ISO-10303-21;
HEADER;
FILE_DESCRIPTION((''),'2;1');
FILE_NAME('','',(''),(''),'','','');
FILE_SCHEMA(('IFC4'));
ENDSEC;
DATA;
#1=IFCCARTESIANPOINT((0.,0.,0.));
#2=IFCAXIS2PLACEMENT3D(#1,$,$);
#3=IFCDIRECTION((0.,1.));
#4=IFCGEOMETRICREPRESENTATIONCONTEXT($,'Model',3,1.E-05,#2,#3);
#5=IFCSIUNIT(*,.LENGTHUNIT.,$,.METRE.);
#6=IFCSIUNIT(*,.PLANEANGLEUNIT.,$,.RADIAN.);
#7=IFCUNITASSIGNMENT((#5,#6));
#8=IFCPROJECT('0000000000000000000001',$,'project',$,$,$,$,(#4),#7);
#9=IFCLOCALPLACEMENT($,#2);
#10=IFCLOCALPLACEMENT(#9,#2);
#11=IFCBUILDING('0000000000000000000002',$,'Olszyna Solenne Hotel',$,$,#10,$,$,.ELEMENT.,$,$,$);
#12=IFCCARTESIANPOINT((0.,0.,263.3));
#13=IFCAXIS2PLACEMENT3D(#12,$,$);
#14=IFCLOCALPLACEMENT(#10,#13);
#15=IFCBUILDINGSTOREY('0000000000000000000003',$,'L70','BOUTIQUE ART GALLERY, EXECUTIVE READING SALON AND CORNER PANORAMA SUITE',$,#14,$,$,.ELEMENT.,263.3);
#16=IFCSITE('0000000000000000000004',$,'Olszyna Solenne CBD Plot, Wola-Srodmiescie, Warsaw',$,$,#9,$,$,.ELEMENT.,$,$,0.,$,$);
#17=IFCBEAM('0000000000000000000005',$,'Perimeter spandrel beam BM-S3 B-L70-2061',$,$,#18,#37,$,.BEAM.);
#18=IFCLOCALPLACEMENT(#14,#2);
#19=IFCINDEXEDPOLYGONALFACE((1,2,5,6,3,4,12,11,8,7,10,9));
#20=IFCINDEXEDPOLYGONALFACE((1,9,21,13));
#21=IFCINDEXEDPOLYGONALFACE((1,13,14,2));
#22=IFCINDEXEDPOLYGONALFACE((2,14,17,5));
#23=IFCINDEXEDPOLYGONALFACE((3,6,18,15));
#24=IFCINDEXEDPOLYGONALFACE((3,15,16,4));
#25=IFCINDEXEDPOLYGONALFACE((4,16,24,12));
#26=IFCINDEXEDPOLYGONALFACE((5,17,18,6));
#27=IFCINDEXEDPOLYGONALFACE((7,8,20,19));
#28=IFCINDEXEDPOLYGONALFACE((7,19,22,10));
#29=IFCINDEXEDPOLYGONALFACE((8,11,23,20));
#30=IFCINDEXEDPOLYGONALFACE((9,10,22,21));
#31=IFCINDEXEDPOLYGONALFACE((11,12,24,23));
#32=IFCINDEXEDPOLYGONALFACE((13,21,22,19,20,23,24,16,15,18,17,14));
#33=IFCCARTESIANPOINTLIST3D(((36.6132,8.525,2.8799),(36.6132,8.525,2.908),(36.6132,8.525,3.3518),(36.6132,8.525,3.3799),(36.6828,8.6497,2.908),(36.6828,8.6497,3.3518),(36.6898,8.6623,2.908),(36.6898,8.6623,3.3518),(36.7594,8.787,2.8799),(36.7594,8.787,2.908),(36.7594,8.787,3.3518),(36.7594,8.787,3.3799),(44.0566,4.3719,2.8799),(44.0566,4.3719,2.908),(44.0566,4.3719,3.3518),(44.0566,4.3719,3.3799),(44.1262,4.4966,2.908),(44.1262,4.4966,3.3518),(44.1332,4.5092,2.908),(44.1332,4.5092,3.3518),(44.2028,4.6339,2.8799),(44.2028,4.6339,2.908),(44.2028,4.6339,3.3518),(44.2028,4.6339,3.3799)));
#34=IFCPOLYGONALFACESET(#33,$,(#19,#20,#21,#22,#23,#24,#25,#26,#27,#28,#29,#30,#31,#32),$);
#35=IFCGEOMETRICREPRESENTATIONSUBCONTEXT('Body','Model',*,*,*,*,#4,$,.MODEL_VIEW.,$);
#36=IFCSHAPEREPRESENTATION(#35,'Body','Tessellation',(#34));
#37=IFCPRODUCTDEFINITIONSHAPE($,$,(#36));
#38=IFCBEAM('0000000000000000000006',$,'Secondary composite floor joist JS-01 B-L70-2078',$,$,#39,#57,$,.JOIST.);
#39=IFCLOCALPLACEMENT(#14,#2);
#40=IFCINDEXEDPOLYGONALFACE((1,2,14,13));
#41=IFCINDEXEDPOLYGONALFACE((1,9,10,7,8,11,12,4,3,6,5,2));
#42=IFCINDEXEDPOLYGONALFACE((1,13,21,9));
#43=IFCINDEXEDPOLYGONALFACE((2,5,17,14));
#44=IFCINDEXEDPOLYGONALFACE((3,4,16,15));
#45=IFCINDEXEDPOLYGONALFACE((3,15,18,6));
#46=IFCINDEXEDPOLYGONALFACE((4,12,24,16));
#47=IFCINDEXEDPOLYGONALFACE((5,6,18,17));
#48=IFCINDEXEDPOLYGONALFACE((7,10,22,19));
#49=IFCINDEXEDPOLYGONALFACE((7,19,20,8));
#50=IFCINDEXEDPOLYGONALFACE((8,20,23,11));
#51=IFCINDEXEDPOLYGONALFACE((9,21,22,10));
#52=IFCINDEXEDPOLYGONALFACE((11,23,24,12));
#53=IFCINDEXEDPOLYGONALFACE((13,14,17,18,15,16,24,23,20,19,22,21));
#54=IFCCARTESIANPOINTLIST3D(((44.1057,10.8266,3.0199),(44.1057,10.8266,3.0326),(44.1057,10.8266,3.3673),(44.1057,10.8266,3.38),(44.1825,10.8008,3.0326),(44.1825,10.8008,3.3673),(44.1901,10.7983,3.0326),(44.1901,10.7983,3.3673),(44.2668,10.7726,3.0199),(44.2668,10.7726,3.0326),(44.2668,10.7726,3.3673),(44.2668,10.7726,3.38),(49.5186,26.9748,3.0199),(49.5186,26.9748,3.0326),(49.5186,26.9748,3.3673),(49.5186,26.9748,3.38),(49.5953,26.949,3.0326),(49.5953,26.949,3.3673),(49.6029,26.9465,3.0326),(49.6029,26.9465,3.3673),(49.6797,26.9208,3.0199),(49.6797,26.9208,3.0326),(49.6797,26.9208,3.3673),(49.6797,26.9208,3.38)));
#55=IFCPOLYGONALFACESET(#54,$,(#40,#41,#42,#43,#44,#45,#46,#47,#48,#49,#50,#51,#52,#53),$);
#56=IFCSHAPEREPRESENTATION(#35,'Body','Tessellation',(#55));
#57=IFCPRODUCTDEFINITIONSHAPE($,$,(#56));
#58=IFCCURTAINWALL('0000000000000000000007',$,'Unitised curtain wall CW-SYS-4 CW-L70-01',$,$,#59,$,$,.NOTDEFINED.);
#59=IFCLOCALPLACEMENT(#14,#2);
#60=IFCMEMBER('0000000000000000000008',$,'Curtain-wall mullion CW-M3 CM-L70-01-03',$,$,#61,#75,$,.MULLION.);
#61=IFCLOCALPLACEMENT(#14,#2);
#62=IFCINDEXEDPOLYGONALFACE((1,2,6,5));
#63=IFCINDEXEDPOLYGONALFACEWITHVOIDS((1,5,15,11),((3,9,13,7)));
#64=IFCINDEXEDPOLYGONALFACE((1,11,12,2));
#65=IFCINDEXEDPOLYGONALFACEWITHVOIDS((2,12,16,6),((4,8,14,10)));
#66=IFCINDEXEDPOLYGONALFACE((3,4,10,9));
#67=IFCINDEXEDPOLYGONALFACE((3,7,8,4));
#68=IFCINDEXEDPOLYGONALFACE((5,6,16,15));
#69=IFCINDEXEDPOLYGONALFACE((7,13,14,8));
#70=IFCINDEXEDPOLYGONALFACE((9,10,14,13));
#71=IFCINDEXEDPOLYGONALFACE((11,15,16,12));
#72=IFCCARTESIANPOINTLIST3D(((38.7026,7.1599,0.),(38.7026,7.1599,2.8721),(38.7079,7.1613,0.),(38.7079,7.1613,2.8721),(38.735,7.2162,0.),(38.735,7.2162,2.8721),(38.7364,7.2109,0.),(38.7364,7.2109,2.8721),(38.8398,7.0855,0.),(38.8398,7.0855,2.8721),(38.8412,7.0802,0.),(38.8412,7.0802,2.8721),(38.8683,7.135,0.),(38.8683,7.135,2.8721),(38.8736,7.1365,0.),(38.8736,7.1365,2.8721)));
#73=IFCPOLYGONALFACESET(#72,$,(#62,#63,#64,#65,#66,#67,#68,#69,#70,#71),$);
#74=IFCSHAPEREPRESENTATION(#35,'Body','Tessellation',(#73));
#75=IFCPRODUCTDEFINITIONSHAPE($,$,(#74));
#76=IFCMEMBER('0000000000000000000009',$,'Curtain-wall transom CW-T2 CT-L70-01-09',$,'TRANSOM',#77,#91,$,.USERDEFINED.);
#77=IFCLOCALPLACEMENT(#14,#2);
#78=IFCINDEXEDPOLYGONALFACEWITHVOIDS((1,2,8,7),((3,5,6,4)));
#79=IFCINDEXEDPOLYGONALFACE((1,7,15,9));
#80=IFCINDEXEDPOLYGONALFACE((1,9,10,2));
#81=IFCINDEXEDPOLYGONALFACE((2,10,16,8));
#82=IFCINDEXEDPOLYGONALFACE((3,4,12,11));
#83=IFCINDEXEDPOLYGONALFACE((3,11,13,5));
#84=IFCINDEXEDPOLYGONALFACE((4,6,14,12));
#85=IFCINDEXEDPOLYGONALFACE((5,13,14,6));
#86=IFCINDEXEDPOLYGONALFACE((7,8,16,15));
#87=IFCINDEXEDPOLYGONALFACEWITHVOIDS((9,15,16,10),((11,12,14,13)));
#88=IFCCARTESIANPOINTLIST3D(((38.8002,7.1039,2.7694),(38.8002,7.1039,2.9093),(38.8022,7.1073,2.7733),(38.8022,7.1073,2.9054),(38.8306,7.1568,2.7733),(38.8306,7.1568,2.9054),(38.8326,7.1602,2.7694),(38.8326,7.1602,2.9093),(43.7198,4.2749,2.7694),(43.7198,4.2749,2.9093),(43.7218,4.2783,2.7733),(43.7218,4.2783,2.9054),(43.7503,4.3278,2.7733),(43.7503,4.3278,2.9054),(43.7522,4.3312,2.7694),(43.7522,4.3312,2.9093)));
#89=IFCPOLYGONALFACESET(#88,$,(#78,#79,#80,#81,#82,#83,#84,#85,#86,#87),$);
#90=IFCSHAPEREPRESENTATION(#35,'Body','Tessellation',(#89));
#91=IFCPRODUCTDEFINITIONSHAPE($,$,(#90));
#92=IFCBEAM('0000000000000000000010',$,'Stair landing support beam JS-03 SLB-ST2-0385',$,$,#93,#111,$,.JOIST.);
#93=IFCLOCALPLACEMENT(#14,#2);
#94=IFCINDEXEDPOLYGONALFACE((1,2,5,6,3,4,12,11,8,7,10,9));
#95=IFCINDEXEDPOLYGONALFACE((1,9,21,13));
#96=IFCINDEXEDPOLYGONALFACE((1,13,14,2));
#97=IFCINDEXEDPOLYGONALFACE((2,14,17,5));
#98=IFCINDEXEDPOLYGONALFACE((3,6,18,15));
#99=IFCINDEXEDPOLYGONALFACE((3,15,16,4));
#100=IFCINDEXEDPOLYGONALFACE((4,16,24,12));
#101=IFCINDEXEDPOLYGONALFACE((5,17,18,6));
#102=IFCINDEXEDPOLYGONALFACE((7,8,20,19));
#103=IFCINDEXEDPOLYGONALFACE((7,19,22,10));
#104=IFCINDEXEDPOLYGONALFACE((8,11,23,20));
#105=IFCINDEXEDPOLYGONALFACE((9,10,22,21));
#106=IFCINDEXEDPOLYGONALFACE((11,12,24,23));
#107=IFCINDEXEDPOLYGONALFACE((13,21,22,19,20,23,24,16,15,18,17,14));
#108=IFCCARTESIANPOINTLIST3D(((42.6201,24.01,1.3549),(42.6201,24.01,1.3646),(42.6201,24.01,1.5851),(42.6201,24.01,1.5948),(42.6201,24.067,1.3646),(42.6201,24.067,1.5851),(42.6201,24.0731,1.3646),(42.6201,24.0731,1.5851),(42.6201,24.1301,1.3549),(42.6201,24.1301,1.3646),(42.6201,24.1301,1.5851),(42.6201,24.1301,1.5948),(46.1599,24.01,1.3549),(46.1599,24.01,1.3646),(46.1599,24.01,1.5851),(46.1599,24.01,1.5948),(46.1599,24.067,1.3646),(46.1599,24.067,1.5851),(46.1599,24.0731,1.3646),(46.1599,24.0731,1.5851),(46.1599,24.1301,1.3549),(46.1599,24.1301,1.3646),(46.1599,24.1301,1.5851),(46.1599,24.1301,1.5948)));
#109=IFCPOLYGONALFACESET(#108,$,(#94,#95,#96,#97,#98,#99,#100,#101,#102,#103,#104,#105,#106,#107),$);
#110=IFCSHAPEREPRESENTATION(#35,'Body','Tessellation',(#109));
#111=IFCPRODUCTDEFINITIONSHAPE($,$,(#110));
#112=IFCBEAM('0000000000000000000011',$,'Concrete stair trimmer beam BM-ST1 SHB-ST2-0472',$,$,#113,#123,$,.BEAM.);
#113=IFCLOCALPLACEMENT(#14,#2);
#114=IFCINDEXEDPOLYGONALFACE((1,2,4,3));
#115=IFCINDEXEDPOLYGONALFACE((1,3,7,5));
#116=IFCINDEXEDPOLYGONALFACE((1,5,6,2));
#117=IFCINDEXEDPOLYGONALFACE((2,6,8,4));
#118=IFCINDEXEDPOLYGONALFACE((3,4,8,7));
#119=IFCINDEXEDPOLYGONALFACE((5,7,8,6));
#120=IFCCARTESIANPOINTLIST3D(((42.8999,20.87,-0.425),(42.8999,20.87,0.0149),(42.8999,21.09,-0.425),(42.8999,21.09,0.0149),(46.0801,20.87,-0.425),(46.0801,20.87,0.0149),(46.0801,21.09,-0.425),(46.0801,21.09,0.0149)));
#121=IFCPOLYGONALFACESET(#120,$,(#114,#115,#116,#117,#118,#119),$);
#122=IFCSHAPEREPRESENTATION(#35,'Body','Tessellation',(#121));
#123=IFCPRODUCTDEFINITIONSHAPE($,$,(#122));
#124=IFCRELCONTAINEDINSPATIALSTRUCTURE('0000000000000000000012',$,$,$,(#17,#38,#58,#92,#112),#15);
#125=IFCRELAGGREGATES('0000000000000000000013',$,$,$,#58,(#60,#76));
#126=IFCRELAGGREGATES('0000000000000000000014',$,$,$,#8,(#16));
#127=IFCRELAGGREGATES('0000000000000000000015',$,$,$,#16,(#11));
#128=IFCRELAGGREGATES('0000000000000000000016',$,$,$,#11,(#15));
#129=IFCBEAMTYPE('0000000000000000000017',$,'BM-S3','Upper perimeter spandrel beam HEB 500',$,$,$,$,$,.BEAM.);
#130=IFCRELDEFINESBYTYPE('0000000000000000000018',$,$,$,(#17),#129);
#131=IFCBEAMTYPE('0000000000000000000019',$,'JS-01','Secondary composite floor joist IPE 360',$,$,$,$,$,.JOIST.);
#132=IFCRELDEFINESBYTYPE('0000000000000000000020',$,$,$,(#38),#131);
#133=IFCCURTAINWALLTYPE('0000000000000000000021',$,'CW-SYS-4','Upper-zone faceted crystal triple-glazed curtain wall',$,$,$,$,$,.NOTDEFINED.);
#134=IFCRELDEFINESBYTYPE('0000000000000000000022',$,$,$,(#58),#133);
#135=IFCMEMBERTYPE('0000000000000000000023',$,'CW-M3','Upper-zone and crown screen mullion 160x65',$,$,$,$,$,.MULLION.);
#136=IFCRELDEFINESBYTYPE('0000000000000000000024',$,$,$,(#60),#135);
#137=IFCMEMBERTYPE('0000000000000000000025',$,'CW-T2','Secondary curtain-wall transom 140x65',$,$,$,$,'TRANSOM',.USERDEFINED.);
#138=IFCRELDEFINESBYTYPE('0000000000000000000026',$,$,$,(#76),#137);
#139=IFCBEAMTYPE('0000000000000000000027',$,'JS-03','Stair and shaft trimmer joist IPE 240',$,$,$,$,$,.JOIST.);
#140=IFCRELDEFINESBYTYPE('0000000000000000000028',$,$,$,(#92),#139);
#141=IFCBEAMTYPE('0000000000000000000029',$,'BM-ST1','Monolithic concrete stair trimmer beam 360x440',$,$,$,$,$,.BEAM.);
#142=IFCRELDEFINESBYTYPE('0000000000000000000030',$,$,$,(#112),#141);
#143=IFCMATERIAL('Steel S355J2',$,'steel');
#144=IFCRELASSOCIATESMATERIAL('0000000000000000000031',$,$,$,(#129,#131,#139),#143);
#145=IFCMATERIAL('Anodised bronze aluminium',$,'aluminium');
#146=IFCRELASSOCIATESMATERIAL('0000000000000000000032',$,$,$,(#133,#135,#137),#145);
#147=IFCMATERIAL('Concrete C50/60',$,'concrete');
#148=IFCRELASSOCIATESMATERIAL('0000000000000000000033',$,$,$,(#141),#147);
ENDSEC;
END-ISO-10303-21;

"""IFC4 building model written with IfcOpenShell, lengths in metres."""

from ifc_helpers import new_model, si_unit, direction, frame, origin, origin_2d, place, context, subcontext, project, spatial, rectangle, hollow_rectangle, i_section, extrude, source, transform, mapped, material, material_profile, profile_set, type_object, element, aggregate, save


model = new_model("IFC4")

# Units and contexts
model_context = context("Model", 3, precision=1e-05, world=origin(), true_north=direction((0.0, 1.0)))
body_context = subcontext(model_context, "Body", "Model", "MODEL_VIEW")
ifc_project = project(units=[si_unit("LENGTHUNIT", "METRE"), si_unit("PLANEANGLEUNIT", "RADIAN")], contexts=[model_context])

# Site, building, storey
site_placement = place(None, origin())
site = spatial("IfcSite", under=ifc_project, at=site_placement, Name="Olszyna Solenne CBD Plot, Wola-Srodmiescie, Warsaw", CompositionType="ELEMENT", RefElevation=0.0)
building_placement = place(site_placement, origin())
building = spatial("IfcBuilding", under=site, at=building_placement, Name="Olszyna Solenne Hotel", CompositionType="ELEMENT")
storey_placement = place(building_placement, frame((0.0, 0.0, 263.3)))
storey = spatial("IfcBuildingStorey", under=building, at=storey_placement, Name="L70", Description="BOUTIQUE ART GALLERY, EXECUTIVE READING SALON AND CORNER PANORAMA SUITE", CompositionType="ELEMENT", Elevation=263.3)

# Beams
ifc_material_1 = material(Name="Steel S355J2", Category="steel")
ifc_material_profile_1 = material_profile(ifc_material_1, i_section(OverallWidth=0.3, OverallDepth=0.5, WebThickness=0.0144, FlangeThickness=0.0281, at=origin_2d()), Name="HEB 500", Category="load-bearing")
ifc_profile_set_1 = profile_set([ifc_material_profile_1], Name="Steel S355J2")
beam_type_1 = type_object("IfcBeamType", Name="BM-S3", Description="Upper perimeter spandrel beam HEB 500", PredefinedType="BEAM", material=ifc_profile_set_1)
shared_shape_1 = source(origin(), body_context, "Body", "SweptSolid", [
    extrude(i_section(OverallWidth=0.3, OverallDepth=0.5, WebThickness=0.0144, FlangeThickness=0.0281, at=origin_2d()), origin(), (0.0, 0.0, 1.0), 8.5237),
])
beam_1_placement = place(storey_placement, frame((36.6863, 8.656, 3.1299), z_axis=(0.873265, -0.487245, 0.0), x_axis=(0.487245, 0.873265, 0.0)))
element("IfcBeam", 1, at=beam_1_placement, inside=storey, type_object=beam_type_1, Name="Perimeter spandrel beam BM-S3 B-L70-2061", PredefinedType="BEAM", context=body_context, shape_type="MappedRepresentation", body=[
    mapped(shared_shape_1, transform((0.0, 0.0, 0.0), x_axis=(1.0, 0.0, 0.0), y_axis=(0.0, 1.0, 0.0), z_axis=(0.0, 0.0, 1.0), scale=1.0)),
])
ifc_material_profile_2 = material_profile(ifc_material_1, i_section(OverallWidth=0.1699, OverallDepth=0.3601, WebThickness=0.0081, FlangeThickness=0.0127, at=origin_2d()), Name="IPE 360", Category="load-bearing")
ifc_profile_set_2 = profile_set([ifc_material_profile_2], Name="Steel S355J2")
beam_type_2 = type_object("IfcBeamType", Name="JS-01", Description="Secondary composite floor joist IPE 360", PredefinedType="JOIST", material=ifc_profile_set_2)
shared_shape_2 = source(origin(), body_context, "Body", "SweptSolid", [
    extrude(i_section(OverallWidth=0.1699, OverallDepth=0.3601, WebThickness=0.0081, FlangeThickness=0.0127, at=origin_2d()), origin(), (0.0, 0.0, 1.0), 17.0312),
])
beam_2_placement = place(storey_placement, frame((44.1863, 10.7996, 3.2), z_axis=(0.317818, 0.948152, 0.0), x_axis=(-0.948152, 0.317818, 0.0)))
element("IfcBeam", 2, at=beam_2_placement, inside=storey, type_object=beam_type_2, Name="Secondary composite floor joist JS-01 B-L70-2078", PredefinedType="JOIST", context=body_context, shape_type="MappedRepresentation", body=[
    mapped(shared_shape_2, transform((0.0, 0.0, 0.0), x_axis=(1.0, 0.0, 0.0), y_axis=(0.0, 1.0, 0.0), z_axis=(0.0, 0.0, 1.0), scale=1.0)),
])

# Curtain wall, members
ifc_material_2 = material(Name="Anodised bronze aluminium", Category="aluminium")
curtain_wall_type = type_object("IfcCurtainWallType", Name="CW-SYS-4", Description="Upper-zone faceted crystal triple-glazed curtain wall", PredefinedType="NOTDEFINED", material=ifc_material_2)
curtain_wall_placement = place(storey_placement, origin())
curtain_wall = element("IfcCurtainWall", 3, at=curtain_wall_placement, inside=storey, type_object=curtain_wall_type, Name="Unitised curtain wall CW-SYS-4 CW-L70-01", PredefinedType="NOTDEFINED")
ifc_material_profile_3 = material_profile(ifc_material_2, hollow_rectangle(XDim=0.0649, YDim=0.1599, WallThickness=0.0039, at=origin_2d()), Name="MULL 160x65x4", Category="load-bearing")
ifc_profile_set_3 = profile_set([ifc_material_profile_3], Name="Anodised bronze aluminium")
member_type_1 = type_object("IfcMemberType", Name="CW-M3", Description="Upper-zone and crown screen mullion 160x65", PredefinedType="MULLION", material=ifc_profile_set_3)
shared_shape_3 = source(origin(), body_context, "Body", "SweptSolid", [
    extrude(hollow_rectangle(XDim=0.0649, YDim=0.1599, WallThickness=0.0039, at=origin_2d()), origin(), (0.0, 0.0, 1.0), 2.8721),
])
member_1_placement = place(storey_placement, frame((38.7881, 7.1482, 0.0), z_axis=(0.0, 0.0, 1.0), x_axis=(0.498513, 0.866882, 0.0)))
member_1 = element("IfcMember", 4, at=member_1_placement, type_object=member_type_1, Name="Curtain-wall mullion CW-M3 CM-L70-01-03", PredefinedType="MULLION", context=body_context, shape_type="MappedRepresentation", body=[
    mapped(shared_shape_3, transform((0.0, 0.0, 0.0), x_axis=(1.0, 0.0, 0.0), y_axis=(0.0, 1.0, 0.0), z_axis=(0.0, 0.0, 1.0), scale=1.0)),
])
ifc_material_profile_4 = material_profile(ifc_material_2, hollow_rectangle(XDim=0.0649, YDim=0.1399, WallThickness=0.0039, at=origin_2d()), Name="TRAN 140x65x4", Category="load-bearing")
ifc_profile_set_4 = profile_set([ifc_material_profile_4], Name="Anodised bronze aluminium")
member_type_2 = type_object("IfcMemberType", Name="CW-T2", Description="Secondary curtain-wall transom 140x65", ElementType="TRANSOM", PredefinedType="USERDEFINED", material=ifc_profile_set_4)
shared_shape_4 = source(origin(), body_context, "Body", "SweptSolid", [
    extrude(hollow_rectangle(XDim=0.0649, YDim=0.1399, WallThickness=0.0039, at=origin_2d()), origin(), (0.0, 0.0, 1.0), 5.675),
])
member_2_placement = place(storey_placement, frame((38.8164, 7.1321, 2.8394), z_axis=(0.866884, -0.498509, 0.0), x_axis=(0.498509, 0.866884, 0.0)))
member_2 = element("IfcMember", 5, at=member_2_placement, type_object=member_type_2, Name="Curtain-wall transom CW-T2 CT-L70-01-09", ObjectType="TRANSOM", PredefinedType="USERDEFINED", context=body_context, shape_type="MappedRepresentation", body=[
    mapped(shared_shape_4, transform((0.0, 0.0, 0.0), x_axis=(1.0, 0.0, 0.0), y_axis=(0.0, 1.0, 0.0), z_axis=(0.0, 0.0, 1.0), scale=1.0)),
])
aggregate(curtain_wall, [member_1, member_2])

# Beams
ifc_material_profile_5 = material_profile(ifc_material_1, i_section(OverallWidth=0.1201, OverallDepth=0.24, WebThickness=0.0061, FlangeThickness=0.0098, at=origin_2d()), Name="IPE 240", Category="load-bearing")
ifc_profile_set_5 = profile_set([ifc_material_profile_5], Name="Steel S355J2")
beam_type_3 = type_object("IfcBeamType", Name="JS-03", Description="Stair and shaft trimmer joist IPE 240", PredefinedType="JOIST", material=ifc_profile_set_5)
shared_shape_5 = source(origin(), body_context, "Body", "SweptSolid", [
    extrude(i_section(OverallWidth=0.1201, OverallDepth=0.24, WebThickness=0.0061, FlangeThickness=0.0098, at=origin_2d()), origin(), (0.0, 0.0, 1.0), 3.5398),
])
beam_3_placement = place(storey_placement, frame((46.1599, 24.0701, 1.4749), z_axis=(-1.0, 0.0, 0.0), x_axis=(0.0, -1.0, 0.0)))
element("IfcBeam", 6, at=beam_3_placement, inside=storey, type_object=beam_type_3, Name="Stair landing support beam JS-03 SLB-ST2-0385", PredefinedType="JOIST", context=body_context, shape_type="MappedRepresentation", body=[
    mapped(shared_shape_5, transform((0.0, 0.0, 0.0), x_axis=(1.0, 0.0, 0.0), y_axis=(0.0, 1.0, 0.0), z_axis=(0.0, 0.0, 1.0), scale=1.0)),
])
ifc_material_3 = material(Name="Concrete C50/60", Category="concrete")
ifc_material_profile_6 = material_profile(ifc_material_3, rectangle(XDim=0.22, YDim=0.4399, at=origin_2d()), Name="RC 220x440", Category="load-bearing")
ifc_profile_set_6 = profile_set([ifc_material_profile_6], Name="Concrete C50/60")
beam_type_4 = type_object("IfcBeamType", Name="BM-ST1", Description="Monolithic concrete stair trimmer beam 360x440", PredefinedType="BEAM", material=ifc_profile_set_6)
shared_shape_6 = source(origin(), body_context, "Body", "SweptSolid", [
    extrude(rectangle(XDim=0.22, YDim=0.4399, at=origin_2d()), origin(), (0.0, 0.0, 1.0), 3.1802),
])
beam_4_placement = place(storey_placement, frame((46.0801, 20.98, -0.2051), z_axis=(-1.0, 0.0, 0.0), x_axis=(0.0, -1.0, 0.0)))
element("IfcBeam", 7, at=beam_4_placement, inside=storey, type_object=beam_type_4, Name="Concrete stair trimmer beam BM-ST1 SHB-ST2-0472", PredefinedType="BEAM", context=body_context, shape_type="MappedRepresentation", body=[
    mapped(shared_shape_6, transform((0.0, 0.0, 0.0), x_axis=(1.0, 0.0, 0.0), y_axis=(0.0, 1.0, 0.0), z_axis=(0.0, 0.0, 1.0), scale=1.0)),
])

save(model, "model.ifc")
